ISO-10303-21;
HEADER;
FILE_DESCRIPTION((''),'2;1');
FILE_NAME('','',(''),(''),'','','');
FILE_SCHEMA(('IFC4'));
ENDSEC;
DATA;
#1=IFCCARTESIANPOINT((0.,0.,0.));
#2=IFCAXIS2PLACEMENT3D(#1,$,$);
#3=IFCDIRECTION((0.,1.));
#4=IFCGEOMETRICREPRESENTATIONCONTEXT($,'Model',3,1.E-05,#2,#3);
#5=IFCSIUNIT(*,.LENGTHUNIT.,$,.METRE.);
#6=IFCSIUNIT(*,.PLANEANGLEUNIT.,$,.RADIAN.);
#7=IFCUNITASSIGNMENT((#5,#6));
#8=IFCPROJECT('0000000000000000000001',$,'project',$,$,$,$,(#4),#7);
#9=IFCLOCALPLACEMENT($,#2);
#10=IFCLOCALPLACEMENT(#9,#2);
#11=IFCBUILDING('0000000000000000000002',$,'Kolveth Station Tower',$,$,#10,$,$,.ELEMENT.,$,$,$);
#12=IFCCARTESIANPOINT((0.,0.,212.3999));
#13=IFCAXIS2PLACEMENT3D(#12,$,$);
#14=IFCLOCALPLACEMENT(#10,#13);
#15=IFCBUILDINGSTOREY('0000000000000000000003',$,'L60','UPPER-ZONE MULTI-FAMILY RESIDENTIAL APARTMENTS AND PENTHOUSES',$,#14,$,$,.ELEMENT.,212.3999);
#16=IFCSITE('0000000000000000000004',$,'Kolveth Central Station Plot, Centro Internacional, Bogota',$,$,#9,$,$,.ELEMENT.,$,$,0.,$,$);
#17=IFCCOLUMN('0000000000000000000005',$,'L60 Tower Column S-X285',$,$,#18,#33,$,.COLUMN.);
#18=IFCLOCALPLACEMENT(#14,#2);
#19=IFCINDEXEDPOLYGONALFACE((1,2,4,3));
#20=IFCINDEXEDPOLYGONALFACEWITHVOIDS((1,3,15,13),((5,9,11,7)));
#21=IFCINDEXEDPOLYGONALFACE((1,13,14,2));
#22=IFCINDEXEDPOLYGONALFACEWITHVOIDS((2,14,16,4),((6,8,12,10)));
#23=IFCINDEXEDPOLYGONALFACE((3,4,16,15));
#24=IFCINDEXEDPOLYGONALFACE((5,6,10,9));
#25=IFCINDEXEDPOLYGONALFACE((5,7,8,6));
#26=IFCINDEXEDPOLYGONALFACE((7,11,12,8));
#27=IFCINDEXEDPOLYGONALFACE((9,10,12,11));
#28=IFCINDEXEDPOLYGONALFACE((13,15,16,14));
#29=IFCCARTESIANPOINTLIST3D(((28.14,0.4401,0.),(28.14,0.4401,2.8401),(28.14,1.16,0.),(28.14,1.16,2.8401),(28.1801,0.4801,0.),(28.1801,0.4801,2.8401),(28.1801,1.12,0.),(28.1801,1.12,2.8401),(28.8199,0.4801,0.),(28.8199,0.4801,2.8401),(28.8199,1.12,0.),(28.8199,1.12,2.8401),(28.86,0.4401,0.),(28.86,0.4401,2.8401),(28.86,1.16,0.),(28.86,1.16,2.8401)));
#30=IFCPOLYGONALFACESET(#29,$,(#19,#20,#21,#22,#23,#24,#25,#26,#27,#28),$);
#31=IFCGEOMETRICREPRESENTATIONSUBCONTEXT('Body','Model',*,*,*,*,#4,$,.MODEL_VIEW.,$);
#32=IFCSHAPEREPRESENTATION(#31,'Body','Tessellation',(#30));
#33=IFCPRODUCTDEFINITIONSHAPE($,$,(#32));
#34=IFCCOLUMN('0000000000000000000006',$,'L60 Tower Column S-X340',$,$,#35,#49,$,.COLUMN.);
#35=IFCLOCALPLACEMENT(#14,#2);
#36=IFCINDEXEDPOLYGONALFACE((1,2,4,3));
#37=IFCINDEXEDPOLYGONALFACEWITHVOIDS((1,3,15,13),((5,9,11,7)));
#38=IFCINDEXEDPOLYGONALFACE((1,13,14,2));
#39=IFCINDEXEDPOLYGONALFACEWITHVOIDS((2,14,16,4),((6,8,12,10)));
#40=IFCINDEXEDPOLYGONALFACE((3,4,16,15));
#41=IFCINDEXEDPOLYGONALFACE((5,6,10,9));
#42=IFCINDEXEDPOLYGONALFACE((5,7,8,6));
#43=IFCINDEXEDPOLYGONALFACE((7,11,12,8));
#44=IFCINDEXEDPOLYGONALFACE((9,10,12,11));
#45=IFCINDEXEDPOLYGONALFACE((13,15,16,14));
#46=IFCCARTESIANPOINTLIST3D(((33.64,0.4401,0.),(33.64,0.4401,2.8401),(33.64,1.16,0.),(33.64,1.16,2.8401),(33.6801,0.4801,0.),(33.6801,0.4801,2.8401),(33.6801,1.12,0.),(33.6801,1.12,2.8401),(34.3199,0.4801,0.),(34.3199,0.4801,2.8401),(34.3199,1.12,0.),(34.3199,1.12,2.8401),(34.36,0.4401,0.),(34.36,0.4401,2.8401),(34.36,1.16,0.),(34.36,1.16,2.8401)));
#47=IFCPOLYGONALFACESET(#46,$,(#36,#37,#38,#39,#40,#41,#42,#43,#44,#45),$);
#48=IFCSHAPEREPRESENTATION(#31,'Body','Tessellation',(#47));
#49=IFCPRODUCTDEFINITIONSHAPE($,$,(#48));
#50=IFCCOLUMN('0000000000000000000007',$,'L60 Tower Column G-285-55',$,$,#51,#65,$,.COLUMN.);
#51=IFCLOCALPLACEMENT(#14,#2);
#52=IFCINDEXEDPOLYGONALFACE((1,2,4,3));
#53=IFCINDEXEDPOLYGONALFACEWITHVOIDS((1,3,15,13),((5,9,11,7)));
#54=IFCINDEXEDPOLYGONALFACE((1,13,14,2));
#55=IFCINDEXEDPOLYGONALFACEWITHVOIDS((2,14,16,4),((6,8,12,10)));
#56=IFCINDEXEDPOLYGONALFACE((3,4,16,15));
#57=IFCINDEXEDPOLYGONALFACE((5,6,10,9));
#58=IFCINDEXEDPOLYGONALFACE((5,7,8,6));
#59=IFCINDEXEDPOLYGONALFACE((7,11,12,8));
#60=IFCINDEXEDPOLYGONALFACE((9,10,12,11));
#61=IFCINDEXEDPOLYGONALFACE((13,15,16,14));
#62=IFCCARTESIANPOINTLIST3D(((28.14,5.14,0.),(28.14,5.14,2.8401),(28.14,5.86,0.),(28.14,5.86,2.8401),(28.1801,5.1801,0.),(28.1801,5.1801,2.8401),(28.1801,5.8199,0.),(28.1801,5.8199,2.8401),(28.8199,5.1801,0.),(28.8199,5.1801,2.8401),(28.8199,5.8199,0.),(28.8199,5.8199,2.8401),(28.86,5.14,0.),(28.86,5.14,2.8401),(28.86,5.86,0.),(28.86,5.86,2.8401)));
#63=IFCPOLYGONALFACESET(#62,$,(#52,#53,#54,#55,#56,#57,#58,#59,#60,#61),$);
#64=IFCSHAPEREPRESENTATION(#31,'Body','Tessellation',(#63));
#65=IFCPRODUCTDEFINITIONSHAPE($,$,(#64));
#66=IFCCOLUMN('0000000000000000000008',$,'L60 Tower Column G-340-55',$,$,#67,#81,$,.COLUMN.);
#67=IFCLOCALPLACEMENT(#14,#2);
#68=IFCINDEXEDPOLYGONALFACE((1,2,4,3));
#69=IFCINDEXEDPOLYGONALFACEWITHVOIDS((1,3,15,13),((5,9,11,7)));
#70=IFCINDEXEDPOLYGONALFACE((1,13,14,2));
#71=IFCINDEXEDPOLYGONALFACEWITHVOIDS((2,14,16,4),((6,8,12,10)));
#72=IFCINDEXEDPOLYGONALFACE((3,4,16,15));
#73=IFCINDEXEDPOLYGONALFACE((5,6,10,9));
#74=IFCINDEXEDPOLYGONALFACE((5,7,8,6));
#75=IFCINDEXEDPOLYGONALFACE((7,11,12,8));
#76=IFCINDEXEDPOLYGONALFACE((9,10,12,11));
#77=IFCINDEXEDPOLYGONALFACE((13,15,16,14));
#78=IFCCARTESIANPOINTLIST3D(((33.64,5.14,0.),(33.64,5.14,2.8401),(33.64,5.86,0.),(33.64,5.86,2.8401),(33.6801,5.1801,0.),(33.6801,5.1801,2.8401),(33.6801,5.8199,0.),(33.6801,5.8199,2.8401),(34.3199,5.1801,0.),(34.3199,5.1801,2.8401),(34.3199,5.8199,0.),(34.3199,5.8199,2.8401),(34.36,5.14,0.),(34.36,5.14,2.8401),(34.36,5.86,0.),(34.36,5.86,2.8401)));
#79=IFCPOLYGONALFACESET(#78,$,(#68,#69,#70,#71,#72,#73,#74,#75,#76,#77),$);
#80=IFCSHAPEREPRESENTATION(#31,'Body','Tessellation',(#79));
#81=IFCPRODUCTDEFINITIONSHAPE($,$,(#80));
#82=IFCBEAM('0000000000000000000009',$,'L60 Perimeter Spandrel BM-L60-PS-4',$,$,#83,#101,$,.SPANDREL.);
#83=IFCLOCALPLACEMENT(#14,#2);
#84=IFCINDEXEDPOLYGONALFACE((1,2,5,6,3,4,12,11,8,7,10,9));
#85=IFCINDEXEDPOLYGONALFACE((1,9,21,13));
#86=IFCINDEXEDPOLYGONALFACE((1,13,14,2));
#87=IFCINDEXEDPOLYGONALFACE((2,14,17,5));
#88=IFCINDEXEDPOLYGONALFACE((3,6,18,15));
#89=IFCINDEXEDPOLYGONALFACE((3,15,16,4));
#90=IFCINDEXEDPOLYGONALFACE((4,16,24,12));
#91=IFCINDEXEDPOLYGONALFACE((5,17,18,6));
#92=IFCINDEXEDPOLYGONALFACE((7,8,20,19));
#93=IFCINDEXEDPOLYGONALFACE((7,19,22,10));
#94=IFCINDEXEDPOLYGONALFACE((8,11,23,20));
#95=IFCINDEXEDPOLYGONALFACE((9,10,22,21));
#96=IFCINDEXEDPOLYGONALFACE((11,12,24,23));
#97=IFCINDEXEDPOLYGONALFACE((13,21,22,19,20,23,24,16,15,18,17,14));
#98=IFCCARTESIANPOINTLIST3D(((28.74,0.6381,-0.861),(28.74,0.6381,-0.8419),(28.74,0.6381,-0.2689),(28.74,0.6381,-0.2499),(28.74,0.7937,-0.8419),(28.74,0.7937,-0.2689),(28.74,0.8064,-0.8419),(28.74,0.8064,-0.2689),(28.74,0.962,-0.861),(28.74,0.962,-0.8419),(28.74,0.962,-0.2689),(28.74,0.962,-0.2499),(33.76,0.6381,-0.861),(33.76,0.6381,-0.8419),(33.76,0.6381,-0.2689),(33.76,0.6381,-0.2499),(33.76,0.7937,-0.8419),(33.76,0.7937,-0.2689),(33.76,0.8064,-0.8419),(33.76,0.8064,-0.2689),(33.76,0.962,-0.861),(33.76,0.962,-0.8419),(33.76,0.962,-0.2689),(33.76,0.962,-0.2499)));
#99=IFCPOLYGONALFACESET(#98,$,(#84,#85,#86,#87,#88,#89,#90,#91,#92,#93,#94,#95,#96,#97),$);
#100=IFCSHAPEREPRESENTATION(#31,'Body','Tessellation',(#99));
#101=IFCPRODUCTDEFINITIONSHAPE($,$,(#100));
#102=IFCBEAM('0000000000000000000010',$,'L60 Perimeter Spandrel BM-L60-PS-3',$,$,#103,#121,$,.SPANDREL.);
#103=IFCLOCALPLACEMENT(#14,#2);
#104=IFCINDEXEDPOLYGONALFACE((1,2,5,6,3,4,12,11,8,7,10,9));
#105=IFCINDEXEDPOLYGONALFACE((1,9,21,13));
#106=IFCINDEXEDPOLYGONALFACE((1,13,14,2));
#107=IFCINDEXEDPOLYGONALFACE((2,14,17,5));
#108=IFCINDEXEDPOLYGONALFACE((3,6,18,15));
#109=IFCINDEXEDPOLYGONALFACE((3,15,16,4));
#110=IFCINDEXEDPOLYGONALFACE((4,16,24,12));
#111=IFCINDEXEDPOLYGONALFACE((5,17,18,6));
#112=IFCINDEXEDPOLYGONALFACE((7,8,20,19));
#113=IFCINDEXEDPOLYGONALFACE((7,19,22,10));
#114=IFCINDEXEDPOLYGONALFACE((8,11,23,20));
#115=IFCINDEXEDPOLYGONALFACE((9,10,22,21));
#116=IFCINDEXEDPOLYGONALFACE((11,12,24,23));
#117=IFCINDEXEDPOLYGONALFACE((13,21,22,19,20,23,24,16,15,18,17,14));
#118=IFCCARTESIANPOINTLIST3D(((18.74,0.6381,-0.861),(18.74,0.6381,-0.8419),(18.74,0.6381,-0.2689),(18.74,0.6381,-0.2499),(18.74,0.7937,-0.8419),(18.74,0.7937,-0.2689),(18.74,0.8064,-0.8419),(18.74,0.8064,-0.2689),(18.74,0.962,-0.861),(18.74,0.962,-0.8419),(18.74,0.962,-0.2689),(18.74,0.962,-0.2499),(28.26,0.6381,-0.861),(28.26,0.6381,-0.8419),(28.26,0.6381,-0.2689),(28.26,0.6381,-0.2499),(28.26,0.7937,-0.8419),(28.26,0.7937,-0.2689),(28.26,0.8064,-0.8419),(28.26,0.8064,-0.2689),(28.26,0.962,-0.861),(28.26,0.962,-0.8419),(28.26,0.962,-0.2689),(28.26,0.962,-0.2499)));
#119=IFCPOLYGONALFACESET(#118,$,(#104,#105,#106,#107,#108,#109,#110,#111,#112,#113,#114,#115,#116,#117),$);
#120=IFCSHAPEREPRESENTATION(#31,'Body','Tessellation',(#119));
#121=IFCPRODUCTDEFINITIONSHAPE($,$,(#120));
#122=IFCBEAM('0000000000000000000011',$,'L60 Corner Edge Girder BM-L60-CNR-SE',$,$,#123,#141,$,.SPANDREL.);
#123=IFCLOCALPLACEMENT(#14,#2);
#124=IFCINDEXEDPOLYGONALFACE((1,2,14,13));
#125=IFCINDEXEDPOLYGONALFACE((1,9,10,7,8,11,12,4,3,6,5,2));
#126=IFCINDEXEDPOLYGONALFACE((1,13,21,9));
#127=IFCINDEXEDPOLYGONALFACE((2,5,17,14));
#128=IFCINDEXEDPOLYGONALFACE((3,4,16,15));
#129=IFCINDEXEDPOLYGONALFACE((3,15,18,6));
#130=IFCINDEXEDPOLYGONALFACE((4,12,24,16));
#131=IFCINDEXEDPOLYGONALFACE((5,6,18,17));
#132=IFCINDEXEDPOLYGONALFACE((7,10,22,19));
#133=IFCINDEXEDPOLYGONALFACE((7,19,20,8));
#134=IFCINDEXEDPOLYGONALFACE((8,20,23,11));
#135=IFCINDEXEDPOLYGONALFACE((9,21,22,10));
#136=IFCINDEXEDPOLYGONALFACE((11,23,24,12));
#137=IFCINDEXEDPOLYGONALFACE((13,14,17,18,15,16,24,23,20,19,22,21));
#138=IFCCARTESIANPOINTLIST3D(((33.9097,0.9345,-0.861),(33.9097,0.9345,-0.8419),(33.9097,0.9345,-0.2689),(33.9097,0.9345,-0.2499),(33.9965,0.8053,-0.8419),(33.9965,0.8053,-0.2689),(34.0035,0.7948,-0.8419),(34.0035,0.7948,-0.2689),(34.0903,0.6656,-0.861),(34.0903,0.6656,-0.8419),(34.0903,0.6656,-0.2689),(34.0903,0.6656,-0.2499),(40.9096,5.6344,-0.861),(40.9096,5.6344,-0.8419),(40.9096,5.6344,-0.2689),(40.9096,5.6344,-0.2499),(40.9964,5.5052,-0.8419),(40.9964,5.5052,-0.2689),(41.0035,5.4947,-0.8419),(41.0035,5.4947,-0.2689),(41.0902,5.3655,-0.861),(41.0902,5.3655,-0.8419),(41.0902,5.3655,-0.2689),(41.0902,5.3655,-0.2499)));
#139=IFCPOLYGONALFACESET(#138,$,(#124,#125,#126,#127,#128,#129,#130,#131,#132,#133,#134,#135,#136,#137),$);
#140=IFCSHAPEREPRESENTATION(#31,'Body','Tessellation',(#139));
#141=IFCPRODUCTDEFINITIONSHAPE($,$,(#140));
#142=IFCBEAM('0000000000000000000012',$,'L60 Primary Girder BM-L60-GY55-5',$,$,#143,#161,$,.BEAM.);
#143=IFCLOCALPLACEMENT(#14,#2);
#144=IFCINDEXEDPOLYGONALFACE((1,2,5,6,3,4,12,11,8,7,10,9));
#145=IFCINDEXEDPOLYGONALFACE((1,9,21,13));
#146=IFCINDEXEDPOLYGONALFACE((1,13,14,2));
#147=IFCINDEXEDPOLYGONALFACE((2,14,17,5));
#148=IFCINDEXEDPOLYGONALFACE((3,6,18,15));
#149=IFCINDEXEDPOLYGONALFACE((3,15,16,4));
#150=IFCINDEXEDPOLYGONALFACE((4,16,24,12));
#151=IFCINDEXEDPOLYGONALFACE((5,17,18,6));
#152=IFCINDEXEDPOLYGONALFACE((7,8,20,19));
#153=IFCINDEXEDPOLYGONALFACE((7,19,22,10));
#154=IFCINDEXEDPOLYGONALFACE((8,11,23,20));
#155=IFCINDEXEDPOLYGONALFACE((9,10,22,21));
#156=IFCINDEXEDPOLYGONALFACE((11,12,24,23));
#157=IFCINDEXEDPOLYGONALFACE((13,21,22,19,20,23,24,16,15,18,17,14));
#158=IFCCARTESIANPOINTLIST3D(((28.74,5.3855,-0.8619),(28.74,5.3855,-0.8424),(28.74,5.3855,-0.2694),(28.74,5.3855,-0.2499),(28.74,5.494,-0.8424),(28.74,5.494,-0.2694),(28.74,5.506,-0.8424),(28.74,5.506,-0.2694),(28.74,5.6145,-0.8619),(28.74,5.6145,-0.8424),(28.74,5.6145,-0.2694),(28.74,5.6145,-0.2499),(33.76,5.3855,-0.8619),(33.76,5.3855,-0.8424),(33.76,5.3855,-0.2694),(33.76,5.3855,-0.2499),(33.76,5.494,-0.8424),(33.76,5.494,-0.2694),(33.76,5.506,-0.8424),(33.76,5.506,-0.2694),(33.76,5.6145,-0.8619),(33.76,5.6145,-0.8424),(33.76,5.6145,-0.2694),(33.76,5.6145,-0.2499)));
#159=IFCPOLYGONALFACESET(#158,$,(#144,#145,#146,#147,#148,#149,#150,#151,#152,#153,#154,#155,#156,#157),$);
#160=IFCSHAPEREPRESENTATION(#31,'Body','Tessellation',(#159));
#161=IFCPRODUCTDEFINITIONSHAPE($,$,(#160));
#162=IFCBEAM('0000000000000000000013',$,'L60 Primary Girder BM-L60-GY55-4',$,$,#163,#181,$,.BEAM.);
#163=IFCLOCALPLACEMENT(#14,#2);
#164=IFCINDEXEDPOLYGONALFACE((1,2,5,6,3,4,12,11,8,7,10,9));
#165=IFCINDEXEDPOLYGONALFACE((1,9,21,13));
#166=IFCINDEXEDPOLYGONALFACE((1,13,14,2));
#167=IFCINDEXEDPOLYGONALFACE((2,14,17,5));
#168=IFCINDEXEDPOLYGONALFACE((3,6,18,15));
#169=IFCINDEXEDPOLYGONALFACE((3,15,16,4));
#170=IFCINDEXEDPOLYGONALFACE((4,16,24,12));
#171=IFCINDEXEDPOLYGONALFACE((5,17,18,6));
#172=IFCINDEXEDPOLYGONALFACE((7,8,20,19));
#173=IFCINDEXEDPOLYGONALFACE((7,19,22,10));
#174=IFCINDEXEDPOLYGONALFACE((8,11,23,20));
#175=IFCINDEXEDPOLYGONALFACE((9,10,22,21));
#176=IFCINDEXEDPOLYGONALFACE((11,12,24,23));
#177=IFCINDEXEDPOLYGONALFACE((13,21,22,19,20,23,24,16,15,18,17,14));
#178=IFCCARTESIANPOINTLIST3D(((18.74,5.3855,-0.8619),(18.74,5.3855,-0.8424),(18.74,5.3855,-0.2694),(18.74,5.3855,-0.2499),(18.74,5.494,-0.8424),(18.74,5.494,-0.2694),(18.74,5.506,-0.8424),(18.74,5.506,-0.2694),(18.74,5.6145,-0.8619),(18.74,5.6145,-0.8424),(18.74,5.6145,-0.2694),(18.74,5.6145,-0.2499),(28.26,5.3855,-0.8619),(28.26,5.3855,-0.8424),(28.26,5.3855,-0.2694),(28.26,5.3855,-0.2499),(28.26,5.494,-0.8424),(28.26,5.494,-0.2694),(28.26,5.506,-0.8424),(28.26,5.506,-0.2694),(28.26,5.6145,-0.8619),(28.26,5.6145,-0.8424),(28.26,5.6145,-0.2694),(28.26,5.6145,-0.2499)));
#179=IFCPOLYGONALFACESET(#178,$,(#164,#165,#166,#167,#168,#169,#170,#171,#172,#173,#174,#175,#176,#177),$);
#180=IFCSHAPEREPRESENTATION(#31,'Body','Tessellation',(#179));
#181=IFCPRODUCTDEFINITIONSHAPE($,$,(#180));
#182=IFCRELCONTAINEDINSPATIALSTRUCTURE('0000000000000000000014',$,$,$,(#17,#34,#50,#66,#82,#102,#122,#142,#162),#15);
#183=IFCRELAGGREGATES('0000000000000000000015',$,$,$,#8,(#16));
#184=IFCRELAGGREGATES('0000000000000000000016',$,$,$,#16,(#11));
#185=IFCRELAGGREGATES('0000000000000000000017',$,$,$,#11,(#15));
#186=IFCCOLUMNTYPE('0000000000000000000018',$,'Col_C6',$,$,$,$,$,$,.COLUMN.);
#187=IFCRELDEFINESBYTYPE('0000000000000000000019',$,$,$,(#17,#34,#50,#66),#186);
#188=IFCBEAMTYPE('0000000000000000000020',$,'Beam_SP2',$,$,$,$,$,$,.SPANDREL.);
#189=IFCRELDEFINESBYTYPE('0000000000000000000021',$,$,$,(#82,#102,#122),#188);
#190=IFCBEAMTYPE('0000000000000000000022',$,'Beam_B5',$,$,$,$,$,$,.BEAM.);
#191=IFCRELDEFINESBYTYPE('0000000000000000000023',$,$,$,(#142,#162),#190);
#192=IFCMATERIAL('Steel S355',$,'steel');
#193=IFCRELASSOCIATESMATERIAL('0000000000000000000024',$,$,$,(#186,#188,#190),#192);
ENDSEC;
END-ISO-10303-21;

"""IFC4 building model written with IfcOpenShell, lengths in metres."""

from ifc_helpers import new_model, si_unit, direction, frame, origin, origin_2d, place, context, subcontext, project, spatial, hollow_rectangle, i_section, extrude, source, transform, mapped, material, material_profile, profile_set, type_object, element, save


model = new_model("IFC4")

# Units and contexts
model_context = context("Model", 3, precision=1e-05, world=origin(), true_north=direction((0.0, 1.0)))
body_context = subcontext(model_context, "Body", "Model", "MODEL_VIEW")
ifc_project = project(units=[si_unit("LENGTHUNIT", "METRE"), si_unit("PLANEANGLEUNIT", "RADIAN")], contexts=[model_context])

# Site, building, storey
site_placement = place(None, origin())
site = spatial("IfcSite", under=ifc_project, at=site_placement, Name="Kolveth Central Station Plot, Centro Internacional, Bogota", CompositionType="ELEMENT", RefElevation=0.0)
building_placement = place(site_placement, origin())
building = spatial("IfcBuilding", under=site, at=building_placement, Name="Kolveth Station Tower", CompositionType="ELEMENT")
storey_placement = place(building_placement, frame((0.0, 0.0, 212.3999)))
storey = spatial("IfcBuildingStorey", under=building, at=storey_placement, Name="L60", Description="UPPER-ZONE MULTI-FAMILY RESIDENTIAL APARTMENTS AND PENTHOUSES", CompositionType="ELEMENT", Elevation=212.3999)

# Columns
ifc_material_1 = material(Name="Steel S355", Category="steel")
ifc_material_profile_1 = material_profile(ifc_material_1, hollow_rectangle(XDim=0.72, YDim=0.72, WallThickness=0.04, at=origin_2d()), Name="BOX720x720x40")
ifc_profile_set_1 = profile_set([ifc_material_profile_1], Name="Steel S355")
column_type = type_object("IfcColumnType", Name="Col_C6", PredefinedType="COLUMN", material=ifc_profile_set_1)
shared_shape_1 = source(origin(), body_context, "Body", "SweptSolid", [
    extrude(hollow_rectangle(XDim=0.72, YDim=0.72, WallThickness=0.04, at=origin_2d()), origin(), (0.0, 0.0, 1.0), 2.8401),
])
for number, where, z_axis, x_axis, name in (
    (1, (28.5, 0.8, 0.0), (0.0, 0.0, 1.0), (1.0, 0.0, 0.0), "L60 Tower Column S-X285"),
    (2, (34.0, 0.8, 0.0), (0.0, 0.0, 1.0), (1.0, 0.0, 0.0), "L60 Tower Column S-X340"),
    (3, (28.5, 5.5, 0.0), (0.0, 0.0, 1.0), (1.0, 0.0, 0.0), "L60 Tower Column G-285-55"),
    (4, (34.0, 5.5, 0.0), (0.0, 0.0, 1.0), (1.0, 0.0, 0.0), "L60 Tower Column G-340-55"),
):
    element("IfcColumn", number, at=place(storey_placement, frame(where, z_axis=z_axis, x_axis=x_axis)), inside=storey, type_object=column_type, Name=name, PredefinedType="COLUMN", context=body_context, shape_type="MappedRepresentation", body=[
        mapped(shared_shape_1, transform((0.0, 0.0, 0.0), x_axis=(1.0, 0.0, 0.0), y_axis=(0.0, 1.0, 0.0), z_axis=(0.0, 0.0, 1.0), scale=1.0)),
    ])

# Beams
ifc_material_profile_2 = material_profile(ifc_material_1, i_section(OverallWidth=0.324, OverallDepth=0.6111, WebThickness=0.0127, FlangeThickness=0.019, at=origin_2d()), Name="W610x155")
ifc_profile_set_2 = profile_set([ifc_material_profile_2], Name="Steel S355")
beam_type_1 = type_object("IfcBeamType", Name="Beam_SP2", PredefinedType="SPANDREL", material=ifc_profile_set_2)
shared_shape_2 = source(origin(), body_context, "Body", "SweptSolid", [
    extrude(i_section(OverallWidth=0.324, OverallDepth=0.6111, WebThickness=0.0127, FlangeThickness=0.019, at=origin_2d()), origin(), (0.0, 0.0, 1.0), 5.02),
])
beam_1_placement = place(storey_placement, frame((28.74, 0.8, -0.5554), z_axis=(1.0, 0.0, 0.0), x_axis=(0.0, 1.0, 0.0)))
element("IfcBeam", 5, at=beam_1_placement, inside=storey, type_object=beam_type_1, Name="L60 Perimeter Spandrel BM-L60-PS-4", PredefinedType="SPANDREL", context=body_context, shape_type="MappedRepresentation", body=[
    mapped(shared_shape_2, transform((0.0, 0.0, 0.0), x_axis=(1.0, 0.0, 0.0), y_axis=(0.0, 1.0, 0.0), z_axis=(0.0, 0.0, 1.0), scale=1.0)),
])
shared_shape_3 = source(origin(), body_context, "Body", "SweptSolid", [
    extrude(i_section(OverallWidth=0.324, OverallDepth=0.6111, WebThickness=0.0127, FlangeThickness=0.019, at=origin_2d()), origin(), (0.0, 0.0, 1.0), 9.52),
])
beam_2_placement = place(storey_placement, frame((18.74, 0.8, -0.5554), z_axis=(1.0, 0.0, 0.0), x_axis=(0.0, 1.0, 0.0)))
element("IfcBeam", 6, at=beam_2_placement, inside=storey, type_object=beam_type_1, Name="L60 Perimeter Spandrel BM-L60-PS-3", PredefinedType="SPANDREL", context=body_context, shape_type="MappedRepresentation", body=[
    mapped(shared_shape_3, transform((0.0, 0.0, 0.0), x_axis=(1.0, 0.0, 0.0), y_axis=(0.0, 1.0, 0.0), z_axis=(0.0, 0.0, 1.0), scale=1.0)),
])
shared_shape_4 = source(origin(), body_context, "Body", "SweptSolid", [
    extrude(i_section(OverallWidth=0.324, OverallDepth=0.6111, WebThickness=0.0127, FlangeThickness=0.019, at=origin_2d()), origin(), (0.0, 0.0, 1.0), 8.4314),
])
beam_3_placement = place(storey_placement, frame((34.0, 0.8, -0.5554), z_axis=(0.830224, 0.55743, 0.0), x_axis=(-0.55743, 0.830224, 0.0)))
element("IfcBeam", 7, at=beam_3_placement, inside=storey, type_object=beam_type_1, Name="L60 Corner Edge Girder BM-L60-CNR-SE", PredefinedType="SPANDREL", context=body_context, shape_type="MappedRepresentation", body=[
    mapped(shared_shape_4, transform((0.0, 0.0, 0.0), x_axis=(1.0, 0.0, 0.0), y_axis=(0.0, 1.0, 0.0), z_axis=(0.0, 0.0, 1.0), scale=1.0)),
])
ifc_material_profile_3 = material_profile(ifc_material_1, i_section(OverallWidth=0.229, OverallDepth=0.6121, WebThickness=0.012, FlangeThickness=0.0195, at=origin_2d()), Name="W610x125")
ifc_profile_set_3 = profile_set([ifc_material_profile_3], Name="Steel S355")
beam_type_2 = type_object("IfcBeamType", Name="Beam_B5", PredefinedType="BEAM", material=ifc_profile_set_3)
shared_shape_5 = source(origin(), body_context, "Body", "SweptSolid", [
    extrude(i_section(OverallWidth=0.229, OverallDepth=0.6121, WebThickness=0.012, FlangeThickness=0.0195, at=origin_2d()), origin(), (0.0, 0.0, 1.0), 5.02),
])
beam_4_placement = place(storey_placement, frame((28.74, 5.5, -0.5559), z_axis=(1.0, 0.0, 0.0), x_axis=(0.0, 1.0, 0.0)))
element("IfcBeam", 8, at=beam_4_placement, inside=storey, type_object=beam_type_2, Name="L60 Primary Girder BM-L60-GY55-5", PredefinedType="BEAM", context=body_context, shape_type="MappedRepresentation", body=[
    mapped(shared_shape_5, transform((0.0, 0.0, 0.0), x_axis=(1.0, 0.0, 0.0), y_axis=(0.0, 1.0, 0.0), z_axis=(0.0, 0.0, 1.0), scale=1.0)),
])
shared_shape_6 = source(origin(), body_context, "Body", "SweptSolid", [
    extrude(i_section(OverallWidth=0.229, OverallDepth=0.6121, WebThickness=0.012, FlangeThickness=0.0195, at=origin_2d()), origin(), (0.0, 0.0, 1.0), 9.52),
])
beam_5_placement = place(storey_placement, frame((18.74, 5.5, -0.5559), z_axis=(1.0, 0.0, 0.0), x_axis=(0.0, 1.0, 0.0)))
element("IfcBeam", 9, at=beam_5_placement, inside=storey, type_object=beam_type_2, Name="L60 Primary Girder BM-L60-GY55-4", PredefinedType="BEAM", context=body_context, shape_type="MappedRepresentation", body=[
    mapped(shared_shape_6, transform((0.0, 0.0, 0.0), x_axis=(1.0, 0.0, 0.0), y_axis=(0.0, 1.0, 0.0), z_axis=(0.0, 0.0, 1.0), scale=1.0)),
])

save(model, "model.ifc")
